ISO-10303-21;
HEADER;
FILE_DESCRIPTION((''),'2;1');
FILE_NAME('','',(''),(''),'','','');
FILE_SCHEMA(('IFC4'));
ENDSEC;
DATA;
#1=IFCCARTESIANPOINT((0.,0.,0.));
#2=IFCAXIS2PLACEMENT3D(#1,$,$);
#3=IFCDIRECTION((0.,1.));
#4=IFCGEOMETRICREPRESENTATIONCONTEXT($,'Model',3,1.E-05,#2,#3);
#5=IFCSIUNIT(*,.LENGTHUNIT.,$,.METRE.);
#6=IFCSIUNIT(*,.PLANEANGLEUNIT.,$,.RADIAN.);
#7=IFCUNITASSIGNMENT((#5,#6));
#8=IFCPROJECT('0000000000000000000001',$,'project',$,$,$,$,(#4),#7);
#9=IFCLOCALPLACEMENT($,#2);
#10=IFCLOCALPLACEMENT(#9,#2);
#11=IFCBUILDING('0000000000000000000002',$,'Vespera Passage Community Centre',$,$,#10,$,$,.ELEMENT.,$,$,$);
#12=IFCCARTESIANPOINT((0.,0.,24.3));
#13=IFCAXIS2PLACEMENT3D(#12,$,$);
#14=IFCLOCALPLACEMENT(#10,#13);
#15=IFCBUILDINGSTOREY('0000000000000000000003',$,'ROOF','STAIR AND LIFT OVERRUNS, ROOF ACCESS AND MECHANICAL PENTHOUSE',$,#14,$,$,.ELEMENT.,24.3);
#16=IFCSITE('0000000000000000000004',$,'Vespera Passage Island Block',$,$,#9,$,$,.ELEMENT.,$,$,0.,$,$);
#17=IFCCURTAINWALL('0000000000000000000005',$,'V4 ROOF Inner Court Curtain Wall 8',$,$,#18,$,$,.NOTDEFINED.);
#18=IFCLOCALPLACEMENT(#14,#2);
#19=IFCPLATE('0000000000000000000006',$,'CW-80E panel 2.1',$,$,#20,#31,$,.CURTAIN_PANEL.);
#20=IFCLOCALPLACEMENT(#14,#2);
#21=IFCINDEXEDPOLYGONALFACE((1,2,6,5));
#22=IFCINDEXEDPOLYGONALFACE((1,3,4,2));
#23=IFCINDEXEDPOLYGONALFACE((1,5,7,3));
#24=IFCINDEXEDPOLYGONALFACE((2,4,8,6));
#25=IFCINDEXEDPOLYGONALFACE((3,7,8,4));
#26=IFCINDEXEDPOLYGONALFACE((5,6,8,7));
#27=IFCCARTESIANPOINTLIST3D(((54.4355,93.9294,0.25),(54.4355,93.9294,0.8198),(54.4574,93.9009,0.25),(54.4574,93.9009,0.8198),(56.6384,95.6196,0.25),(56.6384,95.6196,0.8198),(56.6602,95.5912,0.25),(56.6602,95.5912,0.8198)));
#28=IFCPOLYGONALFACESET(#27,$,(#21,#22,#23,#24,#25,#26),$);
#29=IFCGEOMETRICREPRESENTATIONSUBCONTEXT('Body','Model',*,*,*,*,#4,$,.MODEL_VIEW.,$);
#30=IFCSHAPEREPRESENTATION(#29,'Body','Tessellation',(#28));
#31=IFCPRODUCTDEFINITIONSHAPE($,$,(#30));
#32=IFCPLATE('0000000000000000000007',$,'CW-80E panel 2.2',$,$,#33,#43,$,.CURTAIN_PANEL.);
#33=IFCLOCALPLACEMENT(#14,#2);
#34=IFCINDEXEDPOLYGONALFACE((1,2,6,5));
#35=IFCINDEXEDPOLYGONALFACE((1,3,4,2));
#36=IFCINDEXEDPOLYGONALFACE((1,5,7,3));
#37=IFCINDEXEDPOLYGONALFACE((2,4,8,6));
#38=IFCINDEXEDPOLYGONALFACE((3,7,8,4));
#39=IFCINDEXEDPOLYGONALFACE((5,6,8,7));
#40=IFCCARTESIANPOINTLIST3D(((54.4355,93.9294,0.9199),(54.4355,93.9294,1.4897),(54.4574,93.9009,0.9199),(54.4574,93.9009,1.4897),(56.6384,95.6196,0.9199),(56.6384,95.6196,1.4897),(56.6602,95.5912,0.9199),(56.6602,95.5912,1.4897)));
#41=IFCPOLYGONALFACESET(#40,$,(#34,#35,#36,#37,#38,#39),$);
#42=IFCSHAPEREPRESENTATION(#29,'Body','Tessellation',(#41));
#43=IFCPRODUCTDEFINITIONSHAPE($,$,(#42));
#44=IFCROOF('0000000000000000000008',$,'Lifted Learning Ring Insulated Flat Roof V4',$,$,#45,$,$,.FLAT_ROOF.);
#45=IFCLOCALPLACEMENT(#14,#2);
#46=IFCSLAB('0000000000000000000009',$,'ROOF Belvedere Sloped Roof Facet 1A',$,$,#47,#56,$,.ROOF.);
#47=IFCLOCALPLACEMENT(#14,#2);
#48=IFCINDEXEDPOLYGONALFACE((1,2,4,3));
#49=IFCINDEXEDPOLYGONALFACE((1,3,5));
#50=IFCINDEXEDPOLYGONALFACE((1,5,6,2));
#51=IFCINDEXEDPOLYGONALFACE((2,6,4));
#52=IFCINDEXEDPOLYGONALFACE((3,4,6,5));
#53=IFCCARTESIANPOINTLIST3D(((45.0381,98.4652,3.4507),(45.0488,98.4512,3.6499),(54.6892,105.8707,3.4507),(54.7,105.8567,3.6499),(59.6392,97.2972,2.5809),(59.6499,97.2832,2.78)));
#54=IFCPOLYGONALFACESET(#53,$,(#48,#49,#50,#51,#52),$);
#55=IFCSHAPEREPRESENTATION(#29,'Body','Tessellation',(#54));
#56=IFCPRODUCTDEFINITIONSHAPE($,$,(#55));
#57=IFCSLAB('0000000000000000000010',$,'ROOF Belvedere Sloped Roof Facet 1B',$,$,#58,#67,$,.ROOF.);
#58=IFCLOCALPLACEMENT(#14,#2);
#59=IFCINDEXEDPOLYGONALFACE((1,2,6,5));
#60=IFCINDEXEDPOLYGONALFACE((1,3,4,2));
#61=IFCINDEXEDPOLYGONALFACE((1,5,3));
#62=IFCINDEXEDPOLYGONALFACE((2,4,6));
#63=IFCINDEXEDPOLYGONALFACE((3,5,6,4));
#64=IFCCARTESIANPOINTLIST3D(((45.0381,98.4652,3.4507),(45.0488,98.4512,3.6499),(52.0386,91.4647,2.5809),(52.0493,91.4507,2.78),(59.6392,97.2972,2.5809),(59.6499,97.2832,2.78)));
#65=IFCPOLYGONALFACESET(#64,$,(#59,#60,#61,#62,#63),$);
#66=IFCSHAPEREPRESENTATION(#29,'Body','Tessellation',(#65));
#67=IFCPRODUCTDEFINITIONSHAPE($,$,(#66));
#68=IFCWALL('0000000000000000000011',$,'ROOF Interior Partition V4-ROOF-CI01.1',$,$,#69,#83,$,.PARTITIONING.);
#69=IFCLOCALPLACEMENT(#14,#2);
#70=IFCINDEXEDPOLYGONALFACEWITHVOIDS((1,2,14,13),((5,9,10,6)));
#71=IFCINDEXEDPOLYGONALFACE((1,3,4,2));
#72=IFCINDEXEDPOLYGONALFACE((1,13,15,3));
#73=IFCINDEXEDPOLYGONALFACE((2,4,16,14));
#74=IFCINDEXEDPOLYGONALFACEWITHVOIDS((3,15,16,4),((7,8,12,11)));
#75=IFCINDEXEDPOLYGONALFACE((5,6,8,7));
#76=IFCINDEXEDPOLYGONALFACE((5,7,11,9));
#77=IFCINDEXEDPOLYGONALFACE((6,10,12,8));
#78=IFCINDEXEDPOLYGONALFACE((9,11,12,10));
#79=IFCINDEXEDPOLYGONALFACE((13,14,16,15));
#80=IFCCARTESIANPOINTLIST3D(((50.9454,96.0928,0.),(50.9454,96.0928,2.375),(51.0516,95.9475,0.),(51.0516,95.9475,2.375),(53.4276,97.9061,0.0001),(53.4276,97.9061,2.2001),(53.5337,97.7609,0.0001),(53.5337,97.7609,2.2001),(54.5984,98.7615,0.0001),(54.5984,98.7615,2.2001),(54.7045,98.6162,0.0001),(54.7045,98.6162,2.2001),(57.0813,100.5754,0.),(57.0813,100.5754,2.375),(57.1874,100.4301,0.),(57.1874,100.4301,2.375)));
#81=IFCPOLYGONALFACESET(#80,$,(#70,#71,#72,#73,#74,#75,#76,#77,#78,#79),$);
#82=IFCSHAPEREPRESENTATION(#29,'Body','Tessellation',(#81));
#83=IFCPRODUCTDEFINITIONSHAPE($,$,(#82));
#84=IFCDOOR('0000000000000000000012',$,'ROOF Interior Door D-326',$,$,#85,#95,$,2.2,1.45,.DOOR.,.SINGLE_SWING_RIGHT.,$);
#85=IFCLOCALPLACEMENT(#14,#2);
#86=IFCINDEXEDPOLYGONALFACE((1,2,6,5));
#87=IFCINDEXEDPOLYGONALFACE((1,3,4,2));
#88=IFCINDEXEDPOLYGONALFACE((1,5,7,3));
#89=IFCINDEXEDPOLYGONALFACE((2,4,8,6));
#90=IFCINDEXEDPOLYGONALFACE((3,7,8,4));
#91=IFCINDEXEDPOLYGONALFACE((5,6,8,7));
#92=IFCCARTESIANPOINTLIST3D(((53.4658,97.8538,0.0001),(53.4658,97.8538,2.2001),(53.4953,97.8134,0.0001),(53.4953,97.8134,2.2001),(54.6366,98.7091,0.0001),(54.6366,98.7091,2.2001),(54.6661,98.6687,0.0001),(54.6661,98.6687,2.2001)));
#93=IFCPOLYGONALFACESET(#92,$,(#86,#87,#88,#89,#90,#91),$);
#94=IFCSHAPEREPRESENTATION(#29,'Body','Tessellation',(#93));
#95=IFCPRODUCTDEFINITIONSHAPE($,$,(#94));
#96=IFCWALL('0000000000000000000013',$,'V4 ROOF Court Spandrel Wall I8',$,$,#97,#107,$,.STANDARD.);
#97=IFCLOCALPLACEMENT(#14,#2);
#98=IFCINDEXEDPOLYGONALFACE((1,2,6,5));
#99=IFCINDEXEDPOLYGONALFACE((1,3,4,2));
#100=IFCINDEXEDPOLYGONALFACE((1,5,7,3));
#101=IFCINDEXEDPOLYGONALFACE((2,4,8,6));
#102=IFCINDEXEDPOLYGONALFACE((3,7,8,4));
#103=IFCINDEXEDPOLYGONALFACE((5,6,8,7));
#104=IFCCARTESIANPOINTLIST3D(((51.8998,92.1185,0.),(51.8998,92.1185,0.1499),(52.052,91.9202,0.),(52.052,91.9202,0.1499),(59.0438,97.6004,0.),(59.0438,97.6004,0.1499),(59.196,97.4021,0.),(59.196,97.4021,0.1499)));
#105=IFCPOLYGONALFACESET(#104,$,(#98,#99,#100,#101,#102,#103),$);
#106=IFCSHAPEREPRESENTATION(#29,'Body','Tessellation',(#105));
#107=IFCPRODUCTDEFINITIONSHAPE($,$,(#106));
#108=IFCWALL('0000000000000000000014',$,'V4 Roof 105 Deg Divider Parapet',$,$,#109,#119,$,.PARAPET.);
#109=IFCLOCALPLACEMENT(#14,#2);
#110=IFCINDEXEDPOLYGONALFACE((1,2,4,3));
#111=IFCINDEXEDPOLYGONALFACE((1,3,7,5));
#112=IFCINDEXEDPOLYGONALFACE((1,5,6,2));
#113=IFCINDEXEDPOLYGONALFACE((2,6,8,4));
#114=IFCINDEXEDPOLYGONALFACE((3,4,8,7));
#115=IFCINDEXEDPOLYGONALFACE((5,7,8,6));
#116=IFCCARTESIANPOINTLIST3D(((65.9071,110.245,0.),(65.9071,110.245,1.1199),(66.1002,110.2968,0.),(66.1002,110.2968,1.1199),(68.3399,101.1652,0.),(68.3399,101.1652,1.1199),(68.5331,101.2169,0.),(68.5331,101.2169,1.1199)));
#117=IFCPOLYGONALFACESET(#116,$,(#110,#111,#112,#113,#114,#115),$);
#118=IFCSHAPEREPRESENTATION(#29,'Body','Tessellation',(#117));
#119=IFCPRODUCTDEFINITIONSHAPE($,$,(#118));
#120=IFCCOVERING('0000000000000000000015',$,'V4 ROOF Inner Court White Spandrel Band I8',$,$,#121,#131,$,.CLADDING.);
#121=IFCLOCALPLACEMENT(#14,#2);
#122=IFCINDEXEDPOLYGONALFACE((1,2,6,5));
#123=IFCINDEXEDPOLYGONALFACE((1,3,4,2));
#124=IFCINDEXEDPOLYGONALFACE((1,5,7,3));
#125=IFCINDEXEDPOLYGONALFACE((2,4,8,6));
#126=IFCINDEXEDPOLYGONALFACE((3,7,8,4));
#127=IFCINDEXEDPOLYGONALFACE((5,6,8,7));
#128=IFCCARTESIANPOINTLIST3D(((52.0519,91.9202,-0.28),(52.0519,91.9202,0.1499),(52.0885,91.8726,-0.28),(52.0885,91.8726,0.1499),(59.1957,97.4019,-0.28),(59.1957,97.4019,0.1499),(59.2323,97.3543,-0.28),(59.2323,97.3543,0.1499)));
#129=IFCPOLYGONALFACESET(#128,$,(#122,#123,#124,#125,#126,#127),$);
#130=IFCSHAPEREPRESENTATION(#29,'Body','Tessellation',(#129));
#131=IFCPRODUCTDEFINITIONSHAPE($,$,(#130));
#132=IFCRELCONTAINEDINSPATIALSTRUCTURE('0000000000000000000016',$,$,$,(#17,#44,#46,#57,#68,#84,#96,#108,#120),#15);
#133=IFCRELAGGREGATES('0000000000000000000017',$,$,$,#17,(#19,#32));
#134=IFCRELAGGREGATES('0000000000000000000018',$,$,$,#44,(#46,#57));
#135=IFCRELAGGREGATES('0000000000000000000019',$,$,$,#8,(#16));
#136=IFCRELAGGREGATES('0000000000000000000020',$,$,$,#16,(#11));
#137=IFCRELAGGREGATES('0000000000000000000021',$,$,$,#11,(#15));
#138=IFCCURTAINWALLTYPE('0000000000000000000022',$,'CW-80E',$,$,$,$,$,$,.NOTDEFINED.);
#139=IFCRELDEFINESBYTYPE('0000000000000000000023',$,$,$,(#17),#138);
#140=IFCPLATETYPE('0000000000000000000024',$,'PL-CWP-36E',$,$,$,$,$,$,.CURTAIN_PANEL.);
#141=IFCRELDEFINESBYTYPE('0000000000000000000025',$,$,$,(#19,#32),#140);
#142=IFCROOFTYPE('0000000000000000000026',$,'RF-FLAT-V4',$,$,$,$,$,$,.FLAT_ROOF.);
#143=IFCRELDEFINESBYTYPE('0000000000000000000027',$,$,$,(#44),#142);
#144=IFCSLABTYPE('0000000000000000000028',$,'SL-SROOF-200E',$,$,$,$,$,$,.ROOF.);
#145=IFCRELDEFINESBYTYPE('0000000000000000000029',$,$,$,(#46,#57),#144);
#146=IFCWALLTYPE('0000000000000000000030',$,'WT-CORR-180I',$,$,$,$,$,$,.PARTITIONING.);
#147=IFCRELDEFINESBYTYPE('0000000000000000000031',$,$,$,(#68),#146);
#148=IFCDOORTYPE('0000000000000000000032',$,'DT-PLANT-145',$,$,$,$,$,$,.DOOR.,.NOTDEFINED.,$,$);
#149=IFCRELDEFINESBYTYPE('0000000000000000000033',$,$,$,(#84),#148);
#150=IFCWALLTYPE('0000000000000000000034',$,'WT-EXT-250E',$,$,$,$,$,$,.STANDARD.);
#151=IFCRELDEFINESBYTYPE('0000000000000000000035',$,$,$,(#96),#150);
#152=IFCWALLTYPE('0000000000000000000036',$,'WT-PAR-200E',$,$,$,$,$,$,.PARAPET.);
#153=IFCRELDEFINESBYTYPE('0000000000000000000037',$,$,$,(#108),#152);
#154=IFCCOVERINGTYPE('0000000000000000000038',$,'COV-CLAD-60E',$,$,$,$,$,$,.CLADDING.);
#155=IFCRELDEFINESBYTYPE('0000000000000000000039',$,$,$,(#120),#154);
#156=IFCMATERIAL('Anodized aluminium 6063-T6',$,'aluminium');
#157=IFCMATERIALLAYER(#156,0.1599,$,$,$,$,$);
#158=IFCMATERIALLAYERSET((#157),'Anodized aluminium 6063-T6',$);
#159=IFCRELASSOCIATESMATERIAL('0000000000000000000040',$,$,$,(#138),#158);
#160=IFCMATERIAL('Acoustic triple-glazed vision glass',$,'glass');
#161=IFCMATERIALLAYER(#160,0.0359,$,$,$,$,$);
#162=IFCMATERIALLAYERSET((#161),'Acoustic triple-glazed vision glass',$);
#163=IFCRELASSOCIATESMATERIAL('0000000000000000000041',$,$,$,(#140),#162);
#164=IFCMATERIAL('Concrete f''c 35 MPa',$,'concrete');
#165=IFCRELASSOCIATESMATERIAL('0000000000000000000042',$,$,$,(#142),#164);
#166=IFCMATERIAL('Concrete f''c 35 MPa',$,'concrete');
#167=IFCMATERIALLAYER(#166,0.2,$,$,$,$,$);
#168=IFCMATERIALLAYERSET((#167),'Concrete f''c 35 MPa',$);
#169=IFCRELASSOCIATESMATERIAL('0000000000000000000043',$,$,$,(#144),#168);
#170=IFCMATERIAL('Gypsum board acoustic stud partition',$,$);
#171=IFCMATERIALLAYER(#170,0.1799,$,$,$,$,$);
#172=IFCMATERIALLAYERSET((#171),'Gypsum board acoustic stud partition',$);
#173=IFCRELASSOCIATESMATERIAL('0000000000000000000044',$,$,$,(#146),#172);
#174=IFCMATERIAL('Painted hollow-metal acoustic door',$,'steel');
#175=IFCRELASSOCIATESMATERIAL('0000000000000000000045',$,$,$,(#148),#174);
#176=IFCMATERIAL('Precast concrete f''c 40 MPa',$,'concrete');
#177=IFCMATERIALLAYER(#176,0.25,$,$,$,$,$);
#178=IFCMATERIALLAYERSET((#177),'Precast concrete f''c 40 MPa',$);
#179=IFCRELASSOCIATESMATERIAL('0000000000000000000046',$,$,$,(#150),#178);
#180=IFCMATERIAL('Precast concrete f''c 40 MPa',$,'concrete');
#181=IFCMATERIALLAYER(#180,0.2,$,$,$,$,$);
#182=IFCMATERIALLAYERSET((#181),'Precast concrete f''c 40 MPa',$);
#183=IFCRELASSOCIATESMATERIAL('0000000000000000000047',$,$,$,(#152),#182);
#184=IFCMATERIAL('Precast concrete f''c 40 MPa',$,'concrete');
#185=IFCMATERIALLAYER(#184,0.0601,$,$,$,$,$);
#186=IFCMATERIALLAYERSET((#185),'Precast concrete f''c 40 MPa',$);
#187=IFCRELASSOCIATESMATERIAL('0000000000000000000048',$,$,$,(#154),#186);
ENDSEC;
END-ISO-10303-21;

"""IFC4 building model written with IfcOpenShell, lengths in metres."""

from ifc_helpers import new_model, si_unit, direction, frame, frame_2d, origin, origin_2d, place, context, subcontext, project, spatial, polyline, rectangle, outline, extrude, material, layer, layer_set, type_object, element, fill, aggregate, save


model = new_model("IFC4")

# Units and contexts
model_context = context("Model", 3, precision=1e-05, world=origin(), true_north=direction((0.0, 1.0)))
body_context = subcontext(model_context, "Body", "Model", "MODEL_VIEW")
ifc_project = project(units=[si_unit("LENGTHUNIT", "METRE"), si_unit("PLANEANGLEUNIT", "RADIAN")], contexts=[model_context])

# Site, building, storey
site_placement = place(None, origin())
site = spatial("IfcSite", under=ifc_project, at=site_placement, Name="Vespera Passage Island Block", CompositionType="ELEMENT", RefElevation=0.0)
building_placement = place(site_placement, origin())
building = spatial("IfcBuilding", under=site, at=building_placement, Name="Vespera Passage Community Centre", CompositionType="ELEMENT")
storey_placement = place(building_placement, frame((0.0, 0.0, 24.3)))
storey = spatial("IfcBuildingStorey", under=building, at=storey_placement, Name="ROOF", Description="STAIR AND LIFT OVERRUNS, ROOF ACCESS AND MECHANICAL PENTHOUSE", CompositionType="ELEMENT", Elevation=24.3)

# Curtain wall
ifc_material_1 = material(Name="Anodized aluminium 6063-T6", Category="aluminium")
ifc_layer_1 = layer(ifc_material_1, 0.1599)
ifc_layer_set_1 = layer_set([ifc_layer_1], Name="Anodized aluminium 6063-T6")
curtain_wall_type = type_object("IfcCurtainWallType", Name="CW-80E", PredefinedType="NOTDEFINED", material=ifc_layer_set_1)
curtain_wall_placement = place(storey_placement, origin())
curtain_wall = element("IfcCurtainWall", 1, at=curtain_wall_placement, inside=storey, type_object=curtain_wall_type, Name="V4 ROOF Inner Court Curtain Wall 8", PredefinedType="NOTDEFINED")

# Plates
ifc_material_2 = material(Name="Acoustic triple-glazed vision glass", Category="glass")
ifc_layer_2 = layer(ifc_material_2, 0.0359)
ifc_layer_set_2 = layer_set([ifc_layer_2], Name="Acoustic triple-glazed vision glass")
plate_type = type_object("IfcPlateType", Name="PL-CWP-36E", PredefinedType="CURTAIN_PANEL", material=ifc_layer_set_2)
plate_1_placement = place(storey_placement, frame((55.5479, 94.7603, 0.25), z_axis=(0.0, 0.0, 1.0), x_axis=(-0.793358, -0.608755, 0.0)))
plate_1 = element("IfcPlate", 2, at=plate_1_placement, type_object=plate_type, Name="CW-80E panel 2.1", PredefinedType="CURTAIN_PANEL", context=body_context, shape_type="SweptSolid", body=[
    extrude(rectangle(XDim=2.7766, YDim=0.0359, at=origin_2d()), origin(), (0.0, 0.0, 1.0), 0.5698),
])
plate_2_placement = place(storey_placement, frame((55.5479, 94.7603, 0.9199), z_axis=(0.0, 0.0, 1.0), x_axis=(-0.793358, -0.608755, 0.0)))
plate_2 = element("IfcPlate", 3, at=plate_2_placement, type_object=plate_type, Name="CW-80E panel 2.2", PredefinedType="CURTAIN_PANEL", context=body_context, shape_type="SweptSolid", body=[
    extrude(rectangle(XDim=2.7766, YDim=0.0359, at=origin_2d()), origin(), (0.0, 0.0, 1.0), 0.5698),
])
aggregate(curtain_wall, [plate_1, plate_2])

# Roof, slabs
ifc_material_3 = material(Name="Concrete f'c 35 MPa", Category="concrete")
roof_type = type_object("IfcRoofType", Name="RF-FLAT-V4", PredefinedType="FLAT_ROOF", material=ifc_material_3)
roof_placement = place(storey_placement, origin())
roof = element("IfcRoof", 4, at=roof_placement, inside=storey, type_object=roof_type, Name="Lifted Learning Ring Insulated Flat Roof V4", PredefinedType="FLAT_ROOF")
ifc_material_4 = material(Name="Concrete f'c 35 MPa", Category="concrete")
ifc_layer_3 = layer(ifc_material_4, 0.2)
ifc_layer_set_3 = layer_set([ifc_layer_3], Name="Concrete f'c 35 MPa")
slab_type = type_object("IfcSlabType", Name="SL-SROOF-200E", PredefinedType="ROOF", material=ifc_layer_set_3)
slab_1_placement = place(storey_placement, frame((59.6499, 97.2832, 2.78), z_axis=(0.053741, -0.070037, 0.996096), x_axis=(-0.498084, 0.862699, 0.08753)))
slab_1 = element("IfcSlab", 5, at=slab_1_placement, inside=storey, type_object=slab_type, Name="ROOF Belvedere Sloped Roof Facet 1A", PredefinedType="ROOF", context=body_context, shape_type="SweptSolid", body=[
    extrude(outline(polyline([(0.0, 0.0), (9.938, 0.0), (8.3563, 12.0617), (0.0, 0.0)])), origin(), (0.0, 0.0, -1.0), 0.2),
])
slab_2_placement = place(storey_placement, frame((59.6499, 97.2832, 2.78), z_axis=(0.053741, -0.070032, 0.996096), x_axis=(-0.995063, 0.079597, 0.059282)))
slab_2 = element("IfcSlab", 6, at=slab_2_placement, inside=storey, type_object=slab_type, Name="ROOF Belvedere Sloped Roof Facet 1B", PredefinedType="ROOF", context=body_context, shape_type="SweptSolid", body=[
    extrude(outline(polyline([(0.0, 0.0), (14.6735, 0.0), (7.0988, 6.4338), (0.0, 0.0)])), origin(), (0.0, 0.0, -1.0), 0.2),
])
aggregate(roof, [slab_1, slab_2])

# Wall, opening, door
ifc_material_5 = material(Name="Gypsum board acoustic stud partition")
ifc_layer_4 = layer(ifc_material_5, 0.1799)
ifc_layer_set_4 = layer_set([ifc_layer_4], Name="Gypsum board acoustic stud partition")
wall_type_1 = type_object("IfcWallType", Name="WT-CORR-180I", PredefinedType="PARTITIONING", material=ifc_layer_set_4)
wall_1_placement = place(storey_placement, frame((57.1343, 100.5027, 0.0), z_axis=(0.0, 0.0, 1.0), x_axis=(-0.807474, -0.589903, 0.0)))
wall_1 = element("IfcWall", 7, at=wall_1_placement, inside=storey, type_object=wall_type_1, Name="ROOF Interior Partition V4-ROOF-CI01.1", PredefinedType="PARTITIONING", context=body_context, shape_type="SweptSolid", body=[
    extrude(rectangle(XDim=7.5989, YDim=0.1799, at=frame_2d((3.7993, 0.0))), origin(), (0.0, 0.0, 1.0), 2.375),
])
opening_1_placement = place(wall_1_placement, frame((3.0747, 0.0, 0.0)))
opening_1 = element("IfcOpeningElement", 8, at=opening_1_placement, cuts=wall_1, PredefinedType="OPENING", context=body_context, shape_type="SweptSolid", body=[
    extrude(rectangle(XDim=1.45, YDim=2.2, at=frame_2d((0.7251, 1.1001))), frame((0.0, 0.0999, 0.0), z_axis=(0.0, -1.0, 0.0), x_axis=(1.0, 0.0, 0.0)), (0.0, 0.0, 1.0), 0.2),
])
ifc_material_6 = material(Name="Painted hollow-metal acoustic door", Category="steel")
door_type_1 = type_object("IfcDoorType", Name="DT-PLANT-145", OperationType="NOTDEFINED", PredefinedType="DOOR", material=ifc_material_6)
door_1_placement = place(opening_1_placement, origin())
door_1 = element("IfcDoor", 9, at=door_1_placement, inside=storey, type_object=door_type_1, Name="ROOF Interior Door D-326", OperationType="SINGLE_SWING_RIGHT", OverallHeight=2.2, OverallWidth=1.45, PredefinedType="DOOR", context=body_context, shape_type="SweptSolid", body=[
    extrude(rectangle(XDim=1.45, YDim=2.2, at=frame_2d((0.7251, 1.1001))), frame((0.0, 0.0249, 0.0), z_axis=(0.0, -1.0, 0.0), x_axis=(1.0, 0.0, 0.0)), (0.0, 0.0, 1.0), 0.05),
])
fill(opening_1, door_1)

# Walls
ifc_material_7 = material(Name="Precast concrete f'c 40 MPa", Category="concrete")
ifc_layer_5 = layer(ifc_material_7, 0.25)
ifc_layer_set_5 = layer_set([ifc_layer_5], Name="Precast concrete f'c 40 MPa")
wall_type_2 = type_object("IfcWallType", Name="WT-EXT-250E", PredefinedType="STANDARD", material=ifc_layer_set_5)
wall_2_placement = place(storey_placement, frame((59.1199, 97.5012, 0.0), z_axis=(0.0, 0.0, 1.0), x_axis=(-0.793347, -0.60877, 0.0)))
element("IfcWall", 10, at=wall_2_placement, inside=storey, type_object=wall_type_2, Name="V4 ROOF Court Spandrel Wall I8", PredefinedType="STANDARD", context=body_context, shape_type="SweptSolid", body=[
    extrude(rectangle(XDim=9.0049, YDim=0.25, at=frame_2d((4.5024, 0.0))), origin(), (0.0, 0.0, 1.0), 0.1499),
])
ifc_material_8 = material(Name="Precast concrete f'c 40 MPa", Category="concrete")
ifc_layer_6 = layer(ifc_material_8, 0.2)
ifc_layer_set_6 = layer_set([ifc_layer_6], Name="Precast concrete f'c 40 MPa")
wall_type_3 = type_object("IfcWallType", Name="WT-PAR-200E", PredefinedType="PARAPET", material=ifc_layer_set_6)
wall_3_placement = place(storey_placement, frame((68.4365, 101.1909, 0.0), z_axis=(0.0, 0.0, 1.0), x_axis=(-0.258812, 0.965928, 0.0)))
element("IfcWall", 11, at=wall_3_placement, inside=storey, type_object=wall_type_3, Name="V4 Roof 105 Deg Divider Parapet", PredefinedType="PARAPET", context=body_context, shape_type="SweptSolid", body=[
    extrude(rectangle(XDim=9.4001, YDim=0.2, at=frame_2d((4.7002, 0.0))), origin(), (0.0, 0.0, 1.0), 1.1199),
])

# Covering
ifc_material_9 = material(Name="Precast concrete f'c 40 MPa", Category="concrete")
ifc_layer_7 = layer(ifc_material_9, 0.0601)
ifc_layer_set_7 = layer_set([ifc_layer_7], Name="Precast concrete f'c 40 MPa")
covering_type = type_object("IfcCoveringType", Name="COV-CLAD-60E", PredefinedType="CLADDING", material=ifc_layer_set_7)
covering_placement = place(storey_placement, frame((59.2141, 97.3782, -0.28), z_axis=(0.0, 0.0, 1.0), x_axis=(-0.79335, -0.608766, 0.0)))
element("IfcCovering", 12, at=covering_placement, inside=storey, type_object=covering_type, Name="V4 ROOF Inner Court White Spandrel Band I8", PredefinedType="CLADDING", context=body_context, shape_type="SweptSolid", body=[
    extrude(rectangle(XDim=9.0046, YDim=0.0601, at=frame_2d((4.5024, 0.0))), origin(), (0.0, 0.0, 1.0), 0.4299),
])

save(model, "model.ifc")
